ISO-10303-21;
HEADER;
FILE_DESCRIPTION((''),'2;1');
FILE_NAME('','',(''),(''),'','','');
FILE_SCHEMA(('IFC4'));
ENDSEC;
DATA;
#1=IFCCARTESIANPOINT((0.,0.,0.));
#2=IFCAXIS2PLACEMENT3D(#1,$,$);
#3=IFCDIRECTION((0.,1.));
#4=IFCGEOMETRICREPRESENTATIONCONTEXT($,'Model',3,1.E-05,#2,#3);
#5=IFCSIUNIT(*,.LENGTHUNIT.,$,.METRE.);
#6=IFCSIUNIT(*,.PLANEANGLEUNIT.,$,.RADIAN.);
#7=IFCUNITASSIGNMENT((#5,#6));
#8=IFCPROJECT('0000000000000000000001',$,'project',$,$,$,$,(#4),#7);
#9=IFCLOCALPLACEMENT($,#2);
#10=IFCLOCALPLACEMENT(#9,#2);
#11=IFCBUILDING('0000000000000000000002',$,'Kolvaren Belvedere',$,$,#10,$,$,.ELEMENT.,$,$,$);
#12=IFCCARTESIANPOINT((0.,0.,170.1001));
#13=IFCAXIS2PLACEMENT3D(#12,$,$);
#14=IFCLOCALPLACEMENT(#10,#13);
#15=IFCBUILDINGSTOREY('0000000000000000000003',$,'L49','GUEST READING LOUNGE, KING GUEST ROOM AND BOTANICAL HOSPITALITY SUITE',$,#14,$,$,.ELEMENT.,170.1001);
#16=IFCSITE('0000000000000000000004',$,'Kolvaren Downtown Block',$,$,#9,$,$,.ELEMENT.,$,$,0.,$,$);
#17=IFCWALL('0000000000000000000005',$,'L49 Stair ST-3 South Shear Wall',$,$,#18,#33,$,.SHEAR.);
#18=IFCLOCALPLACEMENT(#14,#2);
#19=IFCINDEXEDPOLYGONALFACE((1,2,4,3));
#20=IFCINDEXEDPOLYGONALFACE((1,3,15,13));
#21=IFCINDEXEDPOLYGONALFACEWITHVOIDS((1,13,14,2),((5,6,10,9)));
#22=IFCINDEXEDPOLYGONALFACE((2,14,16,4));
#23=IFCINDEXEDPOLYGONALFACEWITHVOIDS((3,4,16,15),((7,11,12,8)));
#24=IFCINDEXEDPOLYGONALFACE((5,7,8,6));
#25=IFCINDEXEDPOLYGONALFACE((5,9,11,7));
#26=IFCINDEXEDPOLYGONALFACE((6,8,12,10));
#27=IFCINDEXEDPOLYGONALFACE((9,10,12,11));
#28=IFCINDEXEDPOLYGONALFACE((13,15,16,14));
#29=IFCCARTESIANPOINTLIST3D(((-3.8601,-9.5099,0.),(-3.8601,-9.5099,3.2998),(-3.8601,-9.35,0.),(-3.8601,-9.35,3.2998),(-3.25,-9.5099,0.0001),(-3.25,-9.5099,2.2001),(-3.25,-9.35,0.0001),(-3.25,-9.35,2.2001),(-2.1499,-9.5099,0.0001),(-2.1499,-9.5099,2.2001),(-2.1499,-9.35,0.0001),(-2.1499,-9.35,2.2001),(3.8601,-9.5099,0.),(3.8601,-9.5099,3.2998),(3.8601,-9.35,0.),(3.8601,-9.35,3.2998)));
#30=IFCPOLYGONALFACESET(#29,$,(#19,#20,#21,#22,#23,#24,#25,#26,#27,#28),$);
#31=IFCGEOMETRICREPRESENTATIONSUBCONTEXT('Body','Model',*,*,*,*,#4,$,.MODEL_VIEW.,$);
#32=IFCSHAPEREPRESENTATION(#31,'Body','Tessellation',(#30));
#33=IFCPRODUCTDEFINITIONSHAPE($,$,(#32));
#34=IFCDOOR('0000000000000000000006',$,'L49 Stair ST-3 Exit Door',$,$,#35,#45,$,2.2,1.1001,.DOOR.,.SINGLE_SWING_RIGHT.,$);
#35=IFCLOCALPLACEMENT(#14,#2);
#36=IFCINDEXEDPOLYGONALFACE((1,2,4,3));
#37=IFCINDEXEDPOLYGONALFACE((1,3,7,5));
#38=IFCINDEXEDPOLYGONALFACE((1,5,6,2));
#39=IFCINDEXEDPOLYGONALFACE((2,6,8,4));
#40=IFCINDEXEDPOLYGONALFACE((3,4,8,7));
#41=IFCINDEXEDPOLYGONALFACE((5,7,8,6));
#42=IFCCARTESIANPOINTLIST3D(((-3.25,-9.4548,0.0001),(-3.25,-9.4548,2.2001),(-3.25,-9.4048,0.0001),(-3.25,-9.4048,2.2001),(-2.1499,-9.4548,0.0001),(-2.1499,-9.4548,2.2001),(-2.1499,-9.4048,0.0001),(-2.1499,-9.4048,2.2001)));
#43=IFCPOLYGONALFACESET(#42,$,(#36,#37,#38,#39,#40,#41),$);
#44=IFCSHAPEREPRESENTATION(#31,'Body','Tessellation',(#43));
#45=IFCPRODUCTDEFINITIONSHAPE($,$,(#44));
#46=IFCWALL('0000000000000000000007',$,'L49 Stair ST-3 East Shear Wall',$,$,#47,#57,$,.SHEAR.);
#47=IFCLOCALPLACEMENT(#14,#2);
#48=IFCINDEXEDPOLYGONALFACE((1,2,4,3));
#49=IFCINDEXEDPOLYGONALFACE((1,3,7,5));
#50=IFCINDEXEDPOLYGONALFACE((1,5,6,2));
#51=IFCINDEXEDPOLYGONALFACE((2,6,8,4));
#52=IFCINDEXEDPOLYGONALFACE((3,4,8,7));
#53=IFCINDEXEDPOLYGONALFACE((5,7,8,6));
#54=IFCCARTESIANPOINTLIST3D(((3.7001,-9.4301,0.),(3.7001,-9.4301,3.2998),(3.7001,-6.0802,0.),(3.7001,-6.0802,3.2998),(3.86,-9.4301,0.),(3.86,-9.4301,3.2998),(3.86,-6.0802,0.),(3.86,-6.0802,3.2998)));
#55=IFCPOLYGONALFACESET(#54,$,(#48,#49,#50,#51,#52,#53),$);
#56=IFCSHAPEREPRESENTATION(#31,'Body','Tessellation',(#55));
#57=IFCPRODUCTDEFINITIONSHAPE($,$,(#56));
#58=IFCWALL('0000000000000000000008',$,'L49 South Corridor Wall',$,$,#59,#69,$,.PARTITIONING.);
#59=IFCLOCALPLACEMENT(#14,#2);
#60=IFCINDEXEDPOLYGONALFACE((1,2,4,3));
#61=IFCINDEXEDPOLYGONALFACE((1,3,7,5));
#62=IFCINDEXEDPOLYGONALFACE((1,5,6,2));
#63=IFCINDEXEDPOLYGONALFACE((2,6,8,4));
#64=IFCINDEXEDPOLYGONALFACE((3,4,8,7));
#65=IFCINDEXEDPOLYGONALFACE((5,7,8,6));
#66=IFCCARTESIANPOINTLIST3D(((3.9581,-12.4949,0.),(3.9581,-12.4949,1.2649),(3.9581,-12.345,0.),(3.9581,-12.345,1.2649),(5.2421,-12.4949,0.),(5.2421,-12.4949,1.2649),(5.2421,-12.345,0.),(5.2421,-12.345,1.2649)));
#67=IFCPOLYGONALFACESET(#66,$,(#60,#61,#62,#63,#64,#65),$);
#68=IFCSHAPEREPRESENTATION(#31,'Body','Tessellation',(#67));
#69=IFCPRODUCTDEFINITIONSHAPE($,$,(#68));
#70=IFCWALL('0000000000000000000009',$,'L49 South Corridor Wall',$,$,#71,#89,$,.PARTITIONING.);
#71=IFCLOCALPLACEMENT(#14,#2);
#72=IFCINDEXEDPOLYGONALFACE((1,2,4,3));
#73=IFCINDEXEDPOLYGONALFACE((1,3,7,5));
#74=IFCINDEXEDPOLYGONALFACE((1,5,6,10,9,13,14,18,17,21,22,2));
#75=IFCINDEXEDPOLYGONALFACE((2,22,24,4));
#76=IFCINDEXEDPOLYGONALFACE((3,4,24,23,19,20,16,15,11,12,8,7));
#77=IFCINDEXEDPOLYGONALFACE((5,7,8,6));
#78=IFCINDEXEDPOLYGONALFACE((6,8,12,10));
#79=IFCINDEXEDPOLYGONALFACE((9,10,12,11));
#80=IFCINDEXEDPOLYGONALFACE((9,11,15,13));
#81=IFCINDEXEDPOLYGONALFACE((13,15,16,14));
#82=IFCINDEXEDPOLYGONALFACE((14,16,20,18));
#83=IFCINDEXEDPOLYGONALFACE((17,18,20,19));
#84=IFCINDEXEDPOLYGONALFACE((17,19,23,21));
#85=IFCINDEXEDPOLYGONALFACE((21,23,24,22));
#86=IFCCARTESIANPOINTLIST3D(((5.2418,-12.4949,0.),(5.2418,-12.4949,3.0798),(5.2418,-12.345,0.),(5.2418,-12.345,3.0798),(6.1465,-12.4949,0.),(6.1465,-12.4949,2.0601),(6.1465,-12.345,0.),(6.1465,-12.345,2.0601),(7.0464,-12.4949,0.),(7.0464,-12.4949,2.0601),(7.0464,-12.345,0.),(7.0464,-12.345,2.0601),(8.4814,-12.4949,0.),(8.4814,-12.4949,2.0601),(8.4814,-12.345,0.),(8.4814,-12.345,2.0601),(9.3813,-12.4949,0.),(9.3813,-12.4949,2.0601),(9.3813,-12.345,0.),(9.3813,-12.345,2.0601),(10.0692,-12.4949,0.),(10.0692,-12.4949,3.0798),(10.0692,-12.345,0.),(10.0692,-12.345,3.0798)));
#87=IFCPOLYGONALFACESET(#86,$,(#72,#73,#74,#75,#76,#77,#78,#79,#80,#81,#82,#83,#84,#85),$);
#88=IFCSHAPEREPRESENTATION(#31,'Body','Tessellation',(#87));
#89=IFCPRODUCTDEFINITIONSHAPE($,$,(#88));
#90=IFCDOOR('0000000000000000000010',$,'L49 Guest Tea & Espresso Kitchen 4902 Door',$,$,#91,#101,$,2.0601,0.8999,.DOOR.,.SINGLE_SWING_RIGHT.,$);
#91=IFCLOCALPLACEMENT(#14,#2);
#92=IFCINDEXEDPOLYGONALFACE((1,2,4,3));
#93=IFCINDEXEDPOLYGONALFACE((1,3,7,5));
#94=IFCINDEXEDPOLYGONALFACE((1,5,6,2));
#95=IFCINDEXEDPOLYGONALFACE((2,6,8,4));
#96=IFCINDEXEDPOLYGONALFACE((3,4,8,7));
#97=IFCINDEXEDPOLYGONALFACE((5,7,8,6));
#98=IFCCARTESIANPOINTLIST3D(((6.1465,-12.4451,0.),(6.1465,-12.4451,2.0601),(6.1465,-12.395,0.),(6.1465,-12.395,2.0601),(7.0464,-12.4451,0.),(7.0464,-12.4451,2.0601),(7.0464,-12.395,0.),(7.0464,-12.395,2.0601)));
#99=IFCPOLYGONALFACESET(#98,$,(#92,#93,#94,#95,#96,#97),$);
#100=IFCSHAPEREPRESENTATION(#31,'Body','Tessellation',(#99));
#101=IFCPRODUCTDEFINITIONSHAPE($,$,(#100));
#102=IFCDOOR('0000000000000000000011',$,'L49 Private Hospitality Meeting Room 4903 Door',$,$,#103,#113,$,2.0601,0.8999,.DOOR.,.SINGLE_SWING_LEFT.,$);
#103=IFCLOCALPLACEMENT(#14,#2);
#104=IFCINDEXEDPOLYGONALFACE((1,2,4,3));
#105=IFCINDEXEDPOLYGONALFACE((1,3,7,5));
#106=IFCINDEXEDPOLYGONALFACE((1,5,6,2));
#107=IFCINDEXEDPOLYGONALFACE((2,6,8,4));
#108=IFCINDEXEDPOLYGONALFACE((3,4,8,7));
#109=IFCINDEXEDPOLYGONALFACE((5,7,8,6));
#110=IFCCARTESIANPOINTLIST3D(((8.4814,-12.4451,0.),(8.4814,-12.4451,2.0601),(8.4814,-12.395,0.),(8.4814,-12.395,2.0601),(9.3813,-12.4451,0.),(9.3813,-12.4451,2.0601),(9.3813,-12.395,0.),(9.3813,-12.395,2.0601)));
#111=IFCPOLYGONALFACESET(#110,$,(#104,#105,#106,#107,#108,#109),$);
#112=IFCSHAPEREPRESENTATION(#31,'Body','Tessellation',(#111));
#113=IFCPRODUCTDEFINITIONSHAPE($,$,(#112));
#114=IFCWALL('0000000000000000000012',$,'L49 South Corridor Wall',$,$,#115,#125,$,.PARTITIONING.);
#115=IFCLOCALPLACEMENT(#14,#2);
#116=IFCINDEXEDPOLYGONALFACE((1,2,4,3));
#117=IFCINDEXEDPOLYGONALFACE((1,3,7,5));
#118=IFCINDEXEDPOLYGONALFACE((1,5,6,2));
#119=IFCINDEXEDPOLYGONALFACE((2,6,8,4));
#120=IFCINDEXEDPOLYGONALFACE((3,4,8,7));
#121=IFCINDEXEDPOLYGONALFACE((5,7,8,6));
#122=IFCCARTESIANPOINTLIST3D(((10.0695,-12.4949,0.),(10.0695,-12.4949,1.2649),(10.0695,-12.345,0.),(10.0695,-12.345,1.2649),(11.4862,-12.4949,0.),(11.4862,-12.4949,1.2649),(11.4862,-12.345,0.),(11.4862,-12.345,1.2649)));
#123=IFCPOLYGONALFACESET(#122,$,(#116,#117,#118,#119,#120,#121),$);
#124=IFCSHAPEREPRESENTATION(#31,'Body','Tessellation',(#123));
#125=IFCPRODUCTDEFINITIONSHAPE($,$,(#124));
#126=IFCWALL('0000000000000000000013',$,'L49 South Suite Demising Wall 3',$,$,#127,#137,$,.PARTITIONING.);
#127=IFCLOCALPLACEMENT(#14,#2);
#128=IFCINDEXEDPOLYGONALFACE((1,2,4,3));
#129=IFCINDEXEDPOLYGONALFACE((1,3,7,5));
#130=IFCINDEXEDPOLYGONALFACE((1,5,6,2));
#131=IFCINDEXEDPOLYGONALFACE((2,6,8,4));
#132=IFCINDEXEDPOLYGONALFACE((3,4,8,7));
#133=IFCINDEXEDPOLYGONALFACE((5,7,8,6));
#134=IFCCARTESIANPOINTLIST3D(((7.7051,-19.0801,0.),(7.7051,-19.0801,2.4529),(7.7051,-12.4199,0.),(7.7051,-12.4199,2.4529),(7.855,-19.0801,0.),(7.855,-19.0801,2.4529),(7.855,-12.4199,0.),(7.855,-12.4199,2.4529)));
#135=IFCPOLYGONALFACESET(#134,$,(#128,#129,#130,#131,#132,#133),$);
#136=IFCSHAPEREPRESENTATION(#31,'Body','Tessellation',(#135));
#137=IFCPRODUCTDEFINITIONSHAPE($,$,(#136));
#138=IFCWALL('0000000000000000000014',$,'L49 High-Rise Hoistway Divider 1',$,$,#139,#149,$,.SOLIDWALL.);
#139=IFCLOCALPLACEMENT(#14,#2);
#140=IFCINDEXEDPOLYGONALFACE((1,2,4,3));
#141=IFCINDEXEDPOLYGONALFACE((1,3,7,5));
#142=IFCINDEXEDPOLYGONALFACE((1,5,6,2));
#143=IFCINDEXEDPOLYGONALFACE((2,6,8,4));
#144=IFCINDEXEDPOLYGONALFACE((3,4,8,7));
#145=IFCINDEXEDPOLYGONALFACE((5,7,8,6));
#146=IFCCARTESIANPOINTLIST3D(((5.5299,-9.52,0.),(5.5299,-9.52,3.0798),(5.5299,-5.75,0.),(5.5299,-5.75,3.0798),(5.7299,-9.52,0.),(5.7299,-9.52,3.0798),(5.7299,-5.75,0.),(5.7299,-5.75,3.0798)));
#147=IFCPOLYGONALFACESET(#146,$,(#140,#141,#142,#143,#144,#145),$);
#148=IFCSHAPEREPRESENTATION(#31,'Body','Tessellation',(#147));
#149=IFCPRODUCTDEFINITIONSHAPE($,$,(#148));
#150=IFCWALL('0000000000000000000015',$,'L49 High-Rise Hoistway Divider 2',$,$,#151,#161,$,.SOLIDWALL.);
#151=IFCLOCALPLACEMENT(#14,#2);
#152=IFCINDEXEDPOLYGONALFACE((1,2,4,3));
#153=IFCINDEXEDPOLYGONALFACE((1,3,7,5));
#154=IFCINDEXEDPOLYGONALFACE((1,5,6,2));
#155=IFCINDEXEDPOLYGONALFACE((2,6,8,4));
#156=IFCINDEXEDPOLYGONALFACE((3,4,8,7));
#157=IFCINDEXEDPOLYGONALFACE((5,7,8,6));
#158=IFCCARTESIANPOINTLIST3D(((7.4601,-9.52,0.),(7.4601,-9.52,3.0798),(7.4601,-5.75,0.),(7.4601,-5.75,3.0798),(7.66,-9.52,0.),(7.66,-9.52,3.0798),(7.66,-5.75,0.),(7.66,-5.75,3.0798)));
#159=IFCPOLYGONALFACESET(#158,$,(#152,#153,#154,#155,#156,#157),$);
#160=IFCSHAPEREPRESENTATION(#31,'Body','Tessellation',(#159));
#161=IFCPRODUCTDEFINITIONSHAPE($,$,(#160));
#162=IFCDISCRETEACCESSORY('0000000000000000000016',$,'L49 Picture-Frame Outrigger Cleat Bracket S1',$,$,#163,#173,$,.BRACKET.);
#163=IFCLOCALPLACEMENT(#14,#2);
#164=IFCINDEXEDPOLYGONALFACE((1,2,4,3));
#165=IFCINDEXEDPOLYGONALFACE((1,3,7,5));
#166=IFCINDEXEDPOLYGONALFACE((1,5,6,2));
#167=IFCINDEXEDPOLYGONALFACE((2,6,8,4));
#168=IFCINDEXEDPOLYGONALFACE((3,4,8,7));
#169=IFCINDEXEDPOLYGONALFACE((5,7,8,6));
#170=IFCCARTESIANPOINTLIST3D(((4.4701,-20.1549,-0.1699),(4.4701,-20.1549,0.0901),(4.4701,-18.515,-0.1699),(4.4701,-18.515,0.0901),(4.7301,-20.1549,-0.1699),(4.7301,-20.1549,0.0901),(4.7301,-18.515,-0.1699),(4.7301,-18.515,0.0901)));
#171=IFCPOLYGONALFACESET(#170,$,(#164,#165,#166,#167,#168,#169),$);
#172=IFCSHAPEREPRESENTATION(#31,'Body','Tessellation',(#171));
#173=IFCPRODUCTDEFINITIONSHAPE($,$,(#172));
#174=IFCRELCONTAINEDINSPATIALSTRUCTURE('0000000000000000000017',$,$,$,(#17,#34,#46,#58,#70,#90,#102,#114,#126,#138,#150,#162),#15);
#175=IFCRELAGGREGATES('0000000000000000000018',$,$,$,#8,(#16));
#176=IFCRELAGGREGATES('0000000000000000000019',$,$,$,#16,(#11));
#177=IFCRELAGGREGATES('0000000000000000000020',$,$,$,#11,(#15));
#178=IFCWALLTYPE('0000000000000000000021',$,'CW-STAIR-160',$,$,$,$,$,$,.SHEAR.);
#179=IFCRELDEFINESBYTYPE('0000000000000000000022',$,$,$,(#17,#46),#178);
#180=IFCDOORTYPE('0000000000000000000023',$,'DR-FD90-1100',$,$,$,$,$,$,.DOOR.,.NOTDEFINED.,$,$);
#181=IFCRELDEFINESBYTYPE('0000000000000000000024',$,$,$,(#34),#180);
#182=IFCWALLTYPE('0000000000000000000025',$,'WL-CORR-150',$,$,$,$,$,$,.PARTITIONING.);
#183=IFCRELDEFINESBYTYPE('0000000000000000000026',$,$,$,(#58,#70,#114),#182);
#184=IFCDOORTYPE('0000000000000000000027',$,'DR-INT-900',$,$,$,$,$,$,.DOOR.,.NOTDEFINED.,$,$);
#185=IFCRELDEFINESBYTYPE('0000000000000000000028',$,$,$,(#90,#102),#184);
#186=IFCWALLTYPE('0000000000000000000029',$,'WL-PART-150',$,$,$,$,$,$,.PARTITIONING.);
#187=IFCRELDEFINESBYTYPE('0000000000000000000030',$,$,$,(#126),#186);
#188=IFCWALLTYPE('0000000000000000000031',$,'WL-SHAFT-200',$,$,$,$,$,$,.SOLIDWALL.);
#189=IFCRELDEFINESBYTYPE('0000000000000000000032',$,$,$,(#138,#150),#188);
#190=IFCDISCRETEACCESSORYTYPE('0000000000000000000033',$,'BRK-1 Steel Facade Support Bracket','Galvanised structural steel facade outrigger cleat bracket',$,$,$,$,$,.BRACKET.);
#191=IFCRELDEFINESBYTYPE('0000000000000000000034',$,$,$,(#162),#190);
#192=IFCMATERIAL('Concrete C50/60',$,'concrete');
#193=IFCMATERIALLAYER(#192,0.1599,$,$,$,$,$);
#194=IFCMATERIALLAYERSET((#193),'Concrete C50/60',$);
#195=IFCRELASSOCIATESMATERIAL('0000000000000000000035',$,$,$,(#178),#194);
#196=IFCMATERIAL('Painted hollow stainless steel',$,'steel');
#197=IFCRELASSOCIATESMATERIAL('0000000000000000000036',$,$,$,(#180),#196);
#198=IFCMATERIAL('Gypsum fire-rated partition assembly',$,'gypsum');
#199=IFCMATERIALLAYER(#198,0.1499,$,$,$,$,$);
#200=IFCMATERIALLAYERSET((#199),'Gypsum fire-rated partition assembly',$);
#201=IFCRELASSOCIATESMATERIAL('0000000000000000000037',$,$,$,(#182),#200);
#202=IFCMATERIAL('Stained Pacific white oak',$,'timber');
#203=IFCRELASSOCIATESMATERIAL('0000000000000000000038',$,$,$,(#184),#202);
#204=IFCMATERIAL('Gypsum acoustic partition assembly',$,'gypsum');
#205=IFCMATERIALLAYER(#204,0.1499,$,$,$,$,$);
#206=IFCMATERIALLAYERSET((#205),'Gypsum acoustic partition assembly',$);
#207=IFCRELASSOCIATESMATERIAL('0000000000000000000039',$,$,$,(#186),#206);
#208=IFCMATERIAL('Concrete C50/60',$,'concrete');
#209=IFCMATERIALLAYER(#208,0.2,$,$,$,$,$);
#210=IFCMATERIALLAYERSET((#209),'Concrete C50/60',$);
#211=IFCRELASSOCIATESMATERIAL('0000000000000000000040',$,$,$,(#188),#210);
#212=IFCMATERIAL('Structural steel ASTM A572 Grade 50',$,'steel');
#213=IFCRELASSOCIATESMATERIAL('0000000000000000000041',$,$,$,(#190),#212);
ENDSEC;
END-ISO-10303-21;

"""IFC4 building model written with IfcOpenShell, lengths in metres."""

from ifc_helpers import new_model, si_unit, direction, frame, frame_2d, origin, origin_2d, place, context, subcontext, project, spatial, rectangle, extrude, material, layer, layer_set, type_object, element, fill, save


model = new_model("IFC4")

# Units and contexts
model_context = context("Model", 3, precision=1e-05, world=origin(), true_north=direction((0.0, 1.0)))
body_context = subcontext(model_context, "Body", "Model", "MODEL_VIEW")
ifc_project = project(units=[si_unit("LENGTHUNIT", "METRE"), si_unit("PLANEANGLEUNIT", "RADIAN")], contexts=[model_context])

# Site, building, storey
site_placement = place(None, origin())
site = spatial("IfcSite", under=ifc_project, at=site_placement, Name="Kolvaren Downtown Block", CompositionType="ELEMENT", RefElevation=0.0)
building_placement = place(site_placement, origin())
building = spatial("IfcBuilding", under=site, at=building_placement, Name="Kolvaren Belvedere", CompositionType="ELEMENT")
storey_placement = place(building_placement, frame((0.0, 0.0, 170.1001)))
storey = spatial("IfcBuildingStorey", under=building, at=storey_placement, Name="L49", Description="GUEST READING LOUNGE, KING GUEST ROOM AND BOTANICAL HOSPITALITY SUITE", CompositionType="ELEMENT", Elevation=170.1001)

# Wall, opening, door
ifc_material_1 = material(Name="Concrete C50/60", Category="concrete")
ifc_layer_1 = layer(ifc_material_1, 0.1599)
ifc_layer_set_1 = layer_set([ifc_layer_1], Name="Concrete C50/60")
wall_type_1 = type_object("IfcWallType", Name="CW-STAIR-160", PredefinedType="SHEAR", material=ifc_layer_set_1)
wall_1_placement = place(storey_placement, frame((3.8601, -9.4299, 0.0), z_axis=(0.0, 0.0, 1.0), x_axis=(-1.0, 0.0, 0.0)))
wall_1 = element("IfcWall", 1, at=wall_1_placement, inside=storey, type_object=wall_type_1, Name="L49 Stair ST-3 South Shear Wall", PredefinedType="SHEAR", context=body_context, shape_type="SweptSolid", body=[
    extrude(rectangle(XDim=7.7202, YDim=0.1599, at=frame_2d((3.8601, 0.0))), origin(), (0.0, 0.0, 1.0), 3.2998),
])
opening_1_placement = place(wall_1_placement, frame((6.01, 0.0, 0.0)))
opening_1 = element("IfcOpeningElement", 2, at=opening_1_placement, cuts=wall_1, PredefinedType="OPENING", context=body_context, shape_type="SweptSolid", body=[
    extrude(rectangle(XDim=1.1001, YDim=2.2, at=frame_2d((0.55, 1.1001))), frame((0.0, 0.0898, 0.0), z_axis=(0.0, -1.0, 0.0), x_axis=(1.0, 0.0, 0.0)), (0.0, 0.0, 1.0), 0.1799),
])
ifc_material_2 = material(Name="Painted hollow stainless steel", Category="steel")
door_type_1 = type_object("IfcDoorType", Name="DR-FD90-1100", OperationType="NOTDEFINED", PredefinedType="DOOR", material=ifc_material_2)
door_1_placement = place(opening_1_placement, origin())
door_1 = element("IfcDoor", 3, at=door_1_placement, inside=storey, type_object=door_type_1, Name="L49 Stair ST-3 Exit Door", OperationType="SINGLE_SWING_RIGHT", OverallHeight=2.2, OverallWidth=1.1001, PredefinedType="DOOR", context=body_context, shape_type="SweptSolid", body=[
    extrude(rectangle(XDim=1.1001, YDim=2.2, at=frame_2d((0.55, 1.1001))), frame((0.0, 0.0249, 0.0), z_axis=(0.0, -1.0, 0.0), x_axis=(1.0, 0.0, 0.0)), (0.0, 0.0, 1.0), 0.05),
])
fill(opening_1, door_1)

# Walls
wall_2_placement = place(storey_placement, frame((3.78, -9.4299, 0.0), z_axis=(0.0, 0.0, 1.0), x_axis=(0.0, 1.0, 0.0)))
element("IfcWall", 4, at=wall_2_placement, inside=storey, type_object=wall_type_1, Name="L49 Stair ST-3 East Shear Wall", PredefinedType="SHEAR", context=body_context, shape_type="SweptSolid", body=[
    extrude(rectangle(XDim=3.3499, YDim=0.1599, at=frame_2d((1.6748, 0.0))), origin(), (0.0, 0.0, 1.0), 3.2998),
])
ifc_material_3 = material(Name="Gypsum fire-rated partition assembly", Category="gypsum")
ifc_layer_2 = layer(ifc_material_3, 0.1499)
ifc_layer_set_2 = layer_set([ifc_layer_2], Name="Gypsum fire-rated partition assembly")
wall_type_2 = type_object("IfcWallType", Name="WL-CORR-150", PredefinedType="PARTITIONING", material=ifc_layer_set_2)
wall_3_placement = place(storey_placement, frame((3.958, -12.4199, 0.0), z_axis=(0.0, 0.0, 1.0), x_axis=(1.0, 0.0, 0.0)))
element("IfcWall", 5, at=wall_3_placement, inside=storey, type_object=wall_type_2, Name="L49 South Corridor Wall", PredefinedType="PARTITIONING", context=body_context, shape_type="SweptSolid", body=[
    extrude(rectangle(XDim=1.2839, YDim=0.1499, at=frame_2d((0.6421, 0.0))), origin(), (0.0, 0.0, 1.0), 1.2649),
])

# Wall, openings, doors
wall_4_placement = place(storey_placement, frame((5.2419, -12.4199, 0.0), z_axis=(0.0, 0.0, 1.0), x_axis=(1.0, 0.0, 0.0)))
wall_4 = element("IfcWall", 6, at=wall_4_placement, inside=storey, type_object=wall_type_2, Name="L49 South Corridor Wall", PredefinedType="PARTITIONING", context=body_context, shape_type="SweptSolid", body=[
    extrude(rectangle(XDim=4.8274, YDim=0.1499, at=frame_2d((2.4136, 0.0))), origin(), (0.0, 0.0, 1.0), 3.0798),
])
opening_2_placement = place(wall_4_placement, frame((0.9045, 0.0, 0.0)))
opening_2 = element("IfcOpeningElement", 7, at=opening_2_placement, cuts=wall_4, PredefinedType="OPENING", context=body_context, shape_type="SweptSolid", body=[
    extrude(rectangle(XDim=0.8999, YDim=2.0601, at=frame_2d((0.45, 1.03))), frame((0.0, 0.085, 0.0), z_axis=(0.0, -1.0, 0.0), x_axis=(1.0, 0.0, 0.0)), (0.0, 0.0, 1.0), 0.1699),
])
opening_3_placement = place(wall_4_placement, frame((3.2395, 0.0, 0.0)))
opening_3 = element("IfcOpeningElement", 8, at=opening_3_placement, cuts=wall_4, PredefinedType="OPENING", context=body_context, shape_type="SweptSolid", body=[
    extrude(rectangle(XDim=0.8999, YDim=2.0601, at=frame_2d((0.45, 1.03))), frame((0.0, 0.085, 0.0), z_axis=(0.0, -1.0, 0.0), x_axis=(1.0, 0.0, 0.0)), (0.0, 0.0, 1.0), 0.1699),
])
ifc_material_4 = material(Name="Stained Pacific white oak", Category="timber")
door_type_2 = type_object("IfcDoorType", Name="DR-INT-900", OperationType="NOTDEFINED", PredefinedType="DOOR", material=ifc_material_4)
door_2_placement = place(opening_2_placement, origin())
door_2 = element("IfcDoor", 9, at=door_2_placement, inside=storey, type_object=door_type_2, Name="L49 Guest Tea & Espresso Kitchen 4902 Door", OperationType="SINGLE_SWING_RIGHT", OverallHeight=2.0601, OverallWidth=0.8999, PredefinedType="DOOR", context=body_context, shape_type="SweptSolid", body=[
    extrude(rectangle(XDim=0.8999, YDim=2.0601, at=frame_2d((0.45, 1.03))), frame((0.0, 0.0249, 0.0), z_axis=(0.0, -1.0, 0.0), x_axis=(1.0, 0.0, 0.0)), (0.0, 0.0, 1.0), 0.05),
])
fill(opening_2, door_2)
door_3_placement = place(opening_3_placement, origin())
door_3 = element("IfcDoor", 10, at=door_3_placement, inside=storey, type_object=door_type_2, Name="L49 Private Hospitality Meeting Room 4903 Door", OperationType="SINGLE_SWING_LEFT", OverallHeight=2.0601, OverallWidth=0.8999, PredefinedType="DOOR", context=body_context, shape_type="SweptSolid", body=[
    extrude(rectangle(XDim=0.8999, YDim=2.0601, at=frame_2d((0.45, 1.03))), frame((0.0, 0.0249, 0.0), z_axis=(0.0, -1.0, 0.0), x_axis=(1.0, 0.0, 0.0)), (0.0, 0.0, 1.0), 0.05),
])
fill(opening_3, door_3)

# Walls
wall_5_placement = place(storey_placement, frame((10.0693, -12.4199, 0.0), z_axis=(0.0, 0.0, 1.0), x_axis=(1.0, 0.0, 0.0)))
element("IfcWall", 11, at=wall_5_placement, inside=storey, type_object=wall_type_2, Name="L49 South Corridor Wall", PredefinedType="PARTITIONING", context=body_context, shape_type="SweptSolid", body=[
    extrude(rectangle(XDim=1.4167, YDim=0.1499, at=frame_2d((0.7085, 0.0))), origin(), (0.0, 0.0, 1.0), 1.2649),
])
ifc_material_5 = material(Name="Gypsum acoustic partition assembly", Category="gypsum")
ifc_layer_3 = layer(ifc_material_5, 0.1499)
ifc_layer_set_3 = layer_set([ifc_layer_3], Name="Gypsum acoustic partition assembly")
wall_type_3 = type_object("IfcWallType", Name="WL-PART-150", PredefinedType="PARTITIONING", material=ifc_layer_set_3)
wall_6_placement = place(storey_placement, frame((7.78, -19.0801, 0.0), z_axis=(0.0, 0.0, 1.0), x_axis=(0.0, 1.0, 0.0)))
element("IfcWall", 12, at=wall_6_placement, inside=storey, type_object=wall_type_3, Name="L49 South Suite Demising Wall 3", PredefinedType="PARTITIONING", context=body_context, shape_type="SweptSolid", body=[
    extrude(rectangle(XDim=6.6602, YDim=0.1499, at=frame_2d((3.3301, 0.0))), origin(), (0.0, 0.0, 1.0), 2.4529),
])
ifc_material_6 = material(Name="Concrete C50/60", Category="concrete")
ifc_layer_4 = layer(ifc_material_6, 0.2)
ifc_layer_set_4 = layer_set([ifc_layer_4], Name="Concrete C50/60")
wall_type_4 = type_object("IfcWallType", Name="WL-SHAFT-200", PredefinedType="SOLIDWALL", material=ifc_layer_set_4)
for number, where, z_axis, x_axis, name in (
    (13, (5.6299, -9.52, 0.0), (0.0, 0.0, 1.0), (0.0, 1.0, 0.0), "L49 High-Rise Hoistway Divider 1"),
    (14, (7.5601, -9.52, 0.0), (0.0, 0.0, 1.0), (0.0, 1.0, 0.0), "L49 High-Rise Hoistway Divider 2"),
):
    element("IfcWall", number, at=place(storey_placement, frame(where, z_axis=z_axis, x_axis=x_axis)), inside=storey, type_object=wall_type_4, Name=name, PredefinedType="SOLIDWALL", context=body_context, shape_type="SweptSolid", body=[
        extrude(rectangle(XDim=3.77, YDim=0.2, at=frame_2d((1.885, 0.0))), origin(), (0.0, 0.0, 1.0), 3.0798),
    ])

# Discrete accessory
ifc_material_7 = material(Name="Structural steel ASTM A572 Grade 50", Category="steel")
discrete_accessory_type = type_object("IfcDiscreteAccessoryType", Name="BRK-1 Steel Facade Support Bracket", Description="Galvanised structural steel facade outrigger cleat bracket", PredefinedType="BRACKET", material=ifc_material_7)
discrete_accessory_placement = place(storey_placement, frame((4.6001, -19.335, -0.1699), z_axis=(0.0, 0.0, 1.0), x_axis=(0.0, 1.0, 0.0)))
element("IfcDiscreteAccessory", 15, at=discrete_accessory_placement, inside=storey, type_object=discrete_accessory_type, Name="L49 Picture-Frame Outrigger Cleat Bracket S1", PredefinedType="BRACKET", context=body_context, shape_type="SweptSolid", body=[
    extrude(rectangle(XDim=1.6399, YDim=0.26, at=origin_2d()), origin(), (0.0, 0.0, 1.0), 0.26),
])

save(model, "model.ifc")
